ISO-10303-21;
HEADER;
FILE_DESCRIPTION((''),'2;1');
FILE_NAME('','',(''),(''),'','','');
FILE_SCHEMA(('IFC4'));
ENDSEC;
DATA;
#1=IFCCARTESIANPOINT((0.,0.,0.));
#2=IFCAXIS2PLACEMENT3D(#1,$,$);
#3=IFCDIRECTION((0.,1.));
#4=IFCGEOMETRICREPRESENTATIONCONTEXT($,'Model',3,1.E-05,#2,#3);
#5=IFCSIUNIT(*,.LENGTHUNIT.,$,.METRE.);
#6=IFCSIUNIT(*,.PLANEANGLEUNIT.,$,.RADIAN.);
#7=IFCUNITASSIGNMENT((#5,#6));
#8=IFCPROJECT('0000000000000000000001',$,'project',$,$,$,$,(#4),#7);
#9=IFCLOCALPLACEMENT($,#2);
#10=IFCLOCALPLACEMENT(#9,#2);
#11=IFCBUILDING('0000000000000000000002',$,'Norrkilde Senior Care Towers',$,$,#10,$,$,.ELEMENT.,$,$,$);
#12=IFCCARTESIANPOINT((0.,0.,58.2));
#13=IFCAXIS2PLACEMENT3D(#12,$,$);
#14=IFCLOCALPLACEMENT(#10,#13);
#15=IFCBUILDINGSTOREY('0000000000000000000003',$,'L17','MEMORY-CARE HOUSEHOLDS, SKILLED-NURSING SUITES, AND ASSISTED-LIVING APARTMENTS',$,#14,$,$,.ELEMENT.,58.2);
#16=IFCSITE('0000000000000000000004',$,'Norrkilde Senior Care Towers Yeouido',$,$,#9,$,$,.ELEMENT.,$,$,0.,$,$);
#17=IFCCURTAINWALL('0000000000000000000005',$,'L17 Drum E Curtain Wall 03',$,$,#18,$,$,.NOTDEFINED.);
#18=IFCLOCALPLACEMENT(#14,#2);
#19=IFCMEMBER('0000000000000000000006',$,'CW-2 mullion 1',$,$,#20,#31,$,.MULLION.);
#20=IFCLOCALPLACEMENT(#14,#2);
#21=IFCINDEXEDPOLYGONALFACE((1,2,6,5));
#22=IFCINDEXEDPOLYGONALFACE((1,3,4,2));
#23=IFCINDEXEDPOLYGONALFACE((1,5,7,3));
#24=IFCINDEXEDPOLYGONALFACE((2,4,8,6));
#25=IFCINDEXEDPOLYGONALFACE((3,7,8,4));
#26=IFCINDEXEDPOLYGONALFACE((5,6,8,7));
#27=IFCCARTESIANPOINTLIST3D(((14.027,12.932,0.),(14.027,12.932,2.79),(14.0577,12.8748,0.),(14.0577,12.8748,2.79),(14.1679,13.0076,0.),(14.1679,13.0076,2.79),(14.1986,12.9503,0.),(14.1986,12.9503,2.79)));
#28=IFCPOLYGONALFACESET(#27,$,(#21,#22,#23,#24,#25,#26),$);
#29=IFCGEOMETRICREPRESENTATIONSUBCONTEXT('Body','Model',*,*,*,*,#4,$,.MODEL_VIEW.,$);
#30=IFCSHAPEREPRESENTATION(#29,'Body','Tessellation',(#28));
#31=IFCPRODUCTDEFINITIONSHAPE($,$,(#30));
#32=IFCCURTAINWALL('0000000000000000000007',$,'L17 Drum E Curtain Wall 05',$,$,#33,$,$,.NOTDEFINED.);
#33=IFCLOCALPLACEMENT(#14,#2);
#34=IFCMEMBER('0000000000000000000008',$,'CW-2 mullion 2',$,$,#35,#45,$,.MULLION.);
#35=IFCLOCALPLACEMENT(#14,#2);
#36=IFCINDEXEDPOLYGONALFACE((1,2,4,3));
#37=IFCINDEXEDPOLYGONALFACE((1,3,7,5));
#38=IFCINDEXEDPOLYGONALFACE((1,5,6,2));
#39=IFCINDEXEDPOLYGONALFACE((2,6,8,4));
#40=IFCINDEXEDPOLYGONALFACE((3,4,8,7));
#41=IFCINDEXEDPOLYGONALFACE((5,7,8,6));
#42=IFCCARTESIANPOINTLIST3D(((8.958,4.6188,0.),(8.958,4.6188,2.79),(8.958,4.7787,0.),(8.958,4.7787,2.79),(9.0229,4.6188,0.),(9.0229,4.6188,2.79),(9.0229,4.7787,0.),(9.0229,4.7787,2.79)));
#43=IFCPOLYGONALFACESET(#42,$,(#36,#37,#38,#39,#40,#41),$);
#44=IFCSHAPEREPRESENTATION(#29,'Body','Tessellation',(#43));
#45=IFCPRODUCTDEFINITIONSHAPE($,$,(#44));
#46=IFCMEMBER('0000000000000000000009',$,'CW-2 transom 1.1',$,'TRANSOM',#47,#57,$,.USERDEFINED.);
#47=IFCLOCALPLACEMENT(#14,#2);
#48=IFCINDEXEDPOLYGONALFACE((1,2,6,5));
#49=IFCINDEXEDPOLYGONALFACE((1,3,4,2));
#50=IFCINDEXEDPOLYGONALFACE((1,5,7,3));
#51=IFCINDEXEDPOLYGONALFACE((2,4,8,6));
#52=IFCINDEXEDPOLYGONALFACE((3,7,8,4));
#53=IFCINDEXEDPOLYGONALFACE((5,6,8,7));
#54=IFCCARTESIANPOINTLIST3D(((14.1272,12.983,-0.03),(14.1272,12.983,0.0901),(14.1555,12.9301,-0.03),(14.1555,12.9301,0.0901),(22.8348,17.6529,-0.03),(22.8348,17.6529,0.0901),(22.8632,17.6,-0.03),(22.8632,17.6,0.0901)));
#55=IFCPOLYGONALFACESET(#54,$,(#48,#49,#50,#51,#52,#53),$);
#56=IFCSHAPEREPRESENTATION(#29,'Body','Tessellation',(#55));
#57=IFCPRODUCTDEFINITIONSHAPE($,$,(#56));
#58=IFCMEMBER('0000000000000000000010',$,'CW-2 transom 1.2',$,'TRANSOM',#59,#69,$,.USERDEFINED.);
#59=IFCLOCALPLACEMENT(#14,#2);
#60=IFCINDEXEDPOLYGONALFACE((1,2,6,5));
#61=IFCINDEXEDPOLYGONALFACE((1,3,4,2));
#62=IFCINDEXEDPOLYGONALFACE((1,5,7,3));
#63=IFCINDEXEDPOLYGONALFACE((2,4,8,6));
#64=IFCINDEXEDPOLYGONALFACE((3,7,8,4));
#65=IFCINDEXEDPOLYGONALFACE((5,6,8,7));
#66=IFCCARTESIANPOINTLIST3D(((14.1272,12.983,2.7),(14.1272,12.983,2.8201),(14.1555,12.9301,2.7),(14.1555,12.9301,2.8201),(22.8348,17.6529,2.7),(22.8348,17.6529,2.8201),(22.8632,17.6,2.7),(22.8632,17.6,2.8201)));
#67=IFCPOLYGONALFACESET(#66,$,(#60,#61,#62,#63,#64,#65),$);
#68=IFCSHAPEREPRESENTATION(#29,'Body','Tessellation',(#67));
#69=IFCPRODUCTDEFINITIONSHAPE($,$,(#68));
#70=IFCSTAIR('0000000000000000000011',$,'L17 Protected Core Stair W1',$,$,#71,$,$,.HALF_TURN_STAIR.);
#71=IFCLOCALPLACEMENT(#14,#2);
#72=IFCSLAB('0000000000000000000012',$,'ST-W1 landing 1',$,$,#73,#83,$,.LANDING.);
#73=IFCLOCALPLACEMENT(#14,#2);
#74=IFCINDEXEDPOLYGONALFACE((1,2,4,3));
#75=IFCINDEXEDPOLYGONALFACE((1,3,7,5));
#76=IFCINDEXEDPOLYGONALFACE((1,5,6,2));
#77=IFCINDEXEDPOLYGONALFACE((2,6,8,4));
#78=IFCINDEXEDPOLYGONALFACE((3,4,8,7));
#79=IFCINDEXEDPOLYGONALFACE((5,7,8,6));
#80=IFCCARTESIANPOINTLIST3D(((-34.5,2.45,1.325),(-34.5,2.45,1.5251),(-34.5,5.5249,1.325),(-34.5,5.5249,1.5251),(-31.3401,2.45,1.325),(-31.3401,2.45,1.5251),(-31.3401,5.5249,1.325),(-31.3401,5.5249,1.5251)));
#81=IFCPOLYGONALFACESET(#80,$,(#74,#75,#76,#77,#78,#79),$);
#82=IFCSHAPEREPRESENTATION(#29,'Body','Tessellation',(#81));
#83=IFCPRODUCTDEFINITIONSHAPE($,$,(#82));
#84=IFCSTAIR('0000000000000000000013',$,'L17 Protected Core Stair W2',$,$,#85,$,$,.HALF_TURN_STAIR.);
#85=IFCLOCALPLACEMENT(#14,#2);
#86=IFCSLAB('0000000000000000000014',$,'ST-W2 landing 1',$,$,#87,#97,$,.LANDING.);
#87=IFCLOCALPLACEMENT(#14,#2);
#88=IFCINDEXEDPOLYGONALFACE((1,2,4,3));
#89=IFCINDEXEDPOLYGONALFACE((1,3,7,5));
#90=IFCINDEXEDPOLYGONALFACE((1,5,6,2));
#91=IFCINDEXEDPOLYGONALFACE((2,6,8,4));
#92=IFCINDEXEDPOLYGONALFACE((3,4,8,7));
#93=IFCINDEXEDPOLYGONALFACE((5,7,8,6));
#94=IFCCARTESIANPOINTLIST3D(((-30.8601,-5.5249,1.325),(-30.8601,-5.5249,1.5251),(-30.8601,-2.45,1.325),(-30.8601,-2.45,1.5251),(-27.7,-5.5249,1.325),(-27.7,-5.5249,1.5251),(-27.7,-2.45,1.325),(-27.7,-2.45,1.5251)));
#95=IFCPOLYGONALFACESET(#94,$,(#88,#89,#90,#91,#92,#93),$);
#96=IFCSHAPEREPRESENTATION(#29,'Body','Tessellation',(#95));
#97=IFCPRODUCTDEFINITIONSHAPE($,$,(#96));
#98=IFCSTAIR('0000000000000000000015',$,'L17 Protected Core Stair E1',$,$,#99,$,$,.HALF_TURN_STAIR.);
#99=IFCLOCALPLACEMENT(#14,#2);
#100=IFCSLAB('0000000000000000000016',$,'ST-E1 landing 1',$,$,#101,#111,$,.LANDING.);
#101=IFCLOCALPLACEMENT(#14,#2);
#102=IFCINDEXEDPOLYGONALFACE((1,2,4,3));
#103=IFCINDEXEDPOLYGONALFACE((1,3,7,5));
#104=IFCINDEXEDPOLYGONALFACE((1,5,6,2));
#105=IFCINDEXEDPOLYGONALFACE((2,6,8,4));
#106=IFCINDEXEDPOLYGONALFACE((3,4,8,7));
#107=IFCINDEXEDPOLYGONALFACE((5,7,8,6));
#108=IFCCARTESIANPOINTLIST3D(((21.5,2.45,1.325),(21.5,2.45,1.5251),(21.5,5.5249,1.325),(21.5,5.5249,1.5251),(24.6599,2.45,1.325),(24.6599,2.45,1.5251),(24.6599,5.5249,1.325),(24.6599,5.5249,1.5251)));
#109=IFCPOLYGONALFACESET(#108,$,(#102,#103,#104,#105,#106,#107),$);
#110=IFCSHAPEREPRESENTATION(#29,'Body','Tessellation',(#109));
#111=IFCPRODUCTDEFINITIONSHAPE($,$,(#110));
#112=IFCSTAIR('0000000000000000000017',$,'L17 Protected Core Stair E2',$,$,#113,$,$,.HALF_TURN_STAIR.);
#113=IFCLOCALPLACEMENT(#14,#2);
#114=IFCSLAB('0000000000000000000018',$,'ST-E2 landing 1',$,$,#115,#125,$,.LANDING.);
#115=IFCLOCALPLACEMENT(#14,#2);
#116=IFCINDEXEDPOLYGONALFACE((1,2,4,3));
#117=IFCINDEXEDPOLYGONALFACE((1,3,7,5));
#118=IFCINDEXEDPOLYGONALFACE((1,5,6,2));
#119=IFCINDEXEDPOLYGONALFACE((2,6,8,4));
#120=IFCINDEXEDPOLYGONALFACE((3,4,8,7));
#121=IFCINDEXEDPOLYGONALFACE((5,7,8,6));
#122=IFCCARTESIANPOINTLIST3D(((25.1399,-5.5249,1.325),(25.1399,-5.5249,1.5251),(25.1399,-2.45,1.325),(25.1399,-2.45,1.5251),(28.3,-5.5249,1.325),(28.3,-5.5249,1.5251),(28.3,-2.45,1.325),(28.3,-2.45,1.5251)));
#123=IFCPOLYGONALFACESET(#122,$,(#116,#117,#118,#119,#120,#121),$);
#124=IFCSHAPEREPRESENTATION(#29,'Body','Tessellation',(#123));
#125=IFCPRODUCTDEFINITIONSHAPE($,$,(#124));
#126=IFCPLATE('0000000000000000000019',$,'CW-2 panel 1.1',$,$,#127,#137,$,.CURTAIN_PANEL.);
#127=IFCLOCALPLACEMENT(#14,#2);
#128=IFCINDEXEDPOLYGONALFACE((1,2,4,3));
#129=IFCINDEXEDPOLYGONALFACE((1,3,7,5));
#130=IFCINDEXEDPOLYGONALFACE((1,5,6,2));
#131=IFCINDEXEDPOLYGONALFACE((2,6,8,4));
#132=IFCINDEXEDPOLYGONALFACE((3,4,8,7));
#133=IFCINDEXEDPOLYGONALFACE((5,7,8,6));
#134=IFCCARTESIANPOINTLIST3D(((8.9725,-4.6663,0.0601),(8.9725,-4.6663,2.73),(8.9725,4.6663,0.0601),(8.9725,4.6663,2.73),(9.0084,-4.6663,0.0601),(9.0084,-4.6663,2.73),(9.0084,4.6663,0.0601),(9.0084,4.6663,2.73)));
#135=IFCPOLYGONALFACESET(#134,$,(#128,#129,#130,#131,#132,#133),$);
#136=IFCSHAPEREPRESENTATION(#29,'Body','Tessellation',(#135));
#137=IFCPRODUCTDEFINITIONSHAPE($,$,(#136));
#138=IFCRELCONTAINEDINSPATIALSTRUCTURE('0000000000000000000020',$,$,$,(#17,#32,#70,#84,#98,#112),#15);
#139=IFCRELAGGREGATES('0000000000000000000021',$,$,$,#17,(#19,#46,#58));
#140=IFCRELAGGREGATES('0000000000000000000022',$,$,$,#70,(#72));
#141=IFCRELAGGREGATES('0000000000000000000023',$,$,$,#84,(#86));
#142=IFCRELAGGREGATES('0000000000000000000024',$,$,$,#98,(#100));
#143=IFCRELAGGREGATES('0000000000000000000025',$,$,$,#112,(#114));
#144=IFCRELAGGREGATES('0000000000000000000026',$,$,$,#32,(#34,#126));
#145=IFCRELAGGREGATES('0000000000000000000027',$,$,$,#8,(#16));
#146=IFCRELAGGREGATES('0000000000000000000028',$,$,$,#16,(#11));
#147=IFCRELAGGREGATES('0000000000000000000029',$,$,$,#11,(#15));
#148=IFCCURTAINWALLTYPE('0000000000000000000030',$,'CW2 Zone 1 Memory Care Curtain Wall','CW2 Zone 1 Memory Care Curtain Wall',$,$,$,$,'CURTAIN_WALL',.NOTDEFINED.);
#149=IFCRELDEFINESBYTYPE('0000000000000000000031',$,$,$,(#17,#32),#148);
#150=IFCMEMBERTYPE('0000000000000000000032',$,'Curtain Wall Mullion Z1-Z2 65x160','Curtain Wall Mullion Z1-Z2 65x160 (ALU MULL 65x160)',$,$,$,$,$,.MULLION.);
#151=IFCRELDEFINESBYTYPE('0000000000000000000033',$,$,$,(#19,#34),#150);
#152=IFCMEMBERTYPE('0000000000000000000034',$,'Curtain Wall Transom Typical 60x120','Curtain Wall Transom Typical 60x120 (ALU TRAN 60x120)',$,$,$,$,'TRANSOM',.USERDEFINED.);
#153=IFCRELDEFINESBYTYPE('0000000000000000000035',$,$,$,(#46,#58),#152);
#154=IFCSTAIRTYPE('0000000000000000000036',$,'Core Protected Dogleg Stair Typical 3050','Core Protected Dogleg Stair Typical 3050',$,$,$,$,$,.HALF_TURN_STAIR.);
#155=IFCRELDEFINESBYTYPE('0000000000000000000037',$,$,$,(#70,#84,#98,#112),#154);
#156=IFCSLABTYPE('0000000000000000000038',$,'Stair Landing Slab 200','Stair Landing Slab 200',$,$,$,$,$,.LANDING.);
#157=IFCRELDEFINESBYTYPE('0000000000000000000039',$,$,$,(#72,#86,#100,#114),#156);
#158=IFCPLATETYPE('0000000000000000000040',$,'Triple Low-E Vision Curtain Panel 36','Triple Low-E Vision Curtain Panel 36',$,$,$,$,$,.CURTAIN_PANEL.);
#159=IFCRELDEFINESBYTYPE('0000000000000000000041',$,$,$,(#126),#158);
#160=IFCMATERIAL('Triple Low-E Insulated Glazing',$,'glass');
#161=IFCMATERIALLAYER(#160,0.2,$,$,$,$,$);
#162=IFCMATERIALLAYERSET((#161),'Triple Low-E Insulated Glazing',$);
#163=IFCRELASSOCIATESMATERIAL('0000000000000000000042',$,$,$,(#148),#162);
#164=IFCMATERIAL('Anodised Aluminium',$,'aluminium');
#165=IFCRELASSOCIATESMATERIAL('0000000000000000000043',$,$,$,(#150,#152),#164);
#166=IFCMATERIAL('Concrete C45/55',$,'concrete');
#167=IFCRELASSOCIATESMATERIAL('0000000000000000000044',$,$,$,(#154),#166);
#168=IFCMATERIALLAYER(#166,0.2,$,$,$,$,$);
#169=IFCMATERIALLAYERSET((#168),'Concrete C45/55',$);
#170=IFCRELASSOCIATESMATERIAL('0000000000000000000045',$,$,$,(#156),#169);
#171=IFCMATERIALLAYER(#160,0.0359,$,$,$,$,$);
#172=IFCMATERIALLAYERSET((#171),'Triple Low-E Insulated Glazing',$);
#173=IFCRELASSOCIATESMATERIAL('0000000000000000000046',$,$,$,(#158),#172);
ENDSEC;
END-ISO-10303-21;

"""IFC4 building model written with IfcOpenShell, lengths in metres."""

from ifc_helpers import new_model, si_unit, direction, frame, origin, origin_2d, place, context, subcontext, project, spatial, polyline, rectangle, outline, extrude, source, transform, mapped, material, layer, layer_set, material_profile, profile_set, type_object, type_shapes, element, aggregate, save


model = new_model("IFC4")

# Units and contexts
model_context = context("Model", 3, precision=1e-05, world=origin(), true_north=direction((0.0, 1.0)))
body_context = subcontext(model_context, "Body", "Model", "MODEL_VIEW")
ifc_project = project(units=[si_unit("LENGTHUNIT", "METRE"), si_unit("PLANEANGLEUNIT", "RADIAN")], contexts=[model_context])

# Site, building, storey
site_placement = place(None, origin())
site = spatial("IfcSite", under=ifc_project, at=site_placement, Name="Norrkilde Senior Care Towers Yeouido", CompositionType="ELEMENT", RefElevation=0.0)
building_placement = place(site_placement, origin())
building = spatial("IfcBuilding", under=site, at=building_placement, Name="Norrkilde Senior Care Towers", CompositionType="ELEMENT")
storey_placement = place(building_placement, frame((0.0, 0.0, 58.2)))
storey = spatial("IfcBuildingStorey", under=building, at=storey_placement, Name="L17", Description="MEMORY-CARE HOUSEHOLDS, SKILLED-NURSING SUITES, AND ASSISTED-LIVING APARTMENTS", CompositionType="ELEMENT", Elevation=58.2)

# Curtain walls, members
ifc_material_1 = material(Name="Triple Low-E Insulated Glazing", Category="glass")
ifc_layer_1 = layer(ifc_material_1, 0.2)
ifc_layer_set_1 = layer_set([ifc_layer_1], Name="Triple Low-E Insulated Glazing")
curtain_wall_type = type_object("IfcCurtainWallType", Name="CW2 Zone 1 Memory Care Curtain Wall", Description="CW2 Zone 1 Memory Care Curtain Wall", ElementType="CURTAIN_WALL", PredefinedType="NOTDEFINED", material=ifc_layer_set_1)
curtain_wall_1_placement = place(storey_placement, origin())
curtain_wall_1 = element("IfcCurtainWall", 1, at=curtain_wall_1_placement, inside=storey, type_object=curtain_wall_type, Name="L17 Drum E Curtain Wall 03", PredefinedType="NOTDEFINED")
ifc_material_2 = material(Name="Anodised Aluminium", Category="aluminium")
ifc_material_profile_1 = material_profile(ifc_material_2, rectangle(XDim=0.0649, YDim=0.1599, at=origin_2d()), Name="ALU MULL 65x160")
ifc_profile_set_1 = profile_set([ifc_material_profile_1], Name="Anodised Aluminium")
member_type_1 = type_object("IfcMemberType", Name="Curtain Wall Mullion Z1-Z2 65x160", Description="Curtain Wall Mullion Z1-Z2 65x160 (ALU MULL 65x160)", PredefinedType="MULLION", material=ifc_profile_set_1)
shared_shape_1 = source(origin(), body_context, "Body", "SweptSolid", [
    extrude(rectangle(XDim=0.0649, YDim=0.1599, at=origin_2d()), origin(), (0.0, 0.0, 1.0), 2.79),
])
type_shapes(member_type_1, [shared_shape_1])
member_1_placement = place(storey_placement, frame((14.1128, 12.9412, 0.0), z_axis=(0.0, 0.0, 1.0), x_axis=(-0.472608, 0.881273, 0.0)))
member_1 = element("IfcMember", 2, at=member_1_placement, type_object=member_type_1, Name="CW-2 mullion 1", PredefinedType="MULLION", context=body_context, shape_type="MappedRepresentation", body=[
    mapped(shared_shape_1, transform((0.0, 0.0, 0.0), x_axis=(1.0, 0.0, 0.0), y_axis=(0.0, 1.0, 0.0), z_axis=(0.0, 0.0, 1.0), scale=1.0)),
])
curtain_wall_2_placement = place(storey_placement, origin())
curtain_wall_2 = element("IfcCurtainWall", 3, at=curtain_wall_2_placement, inside=storey, type_object=curtain_wall_type, Name="L17 Drum E Curtain Wall 05", PredefinedType="NOTDEFINED")
member_2_placement = place(storey_placement, frame((8.9905, 4.6987, 0.0), z_axis=(0.0, 0.0, 1.0), x_axis=(-1.0, 0.0, 0.0)))
member_2 = element("IfcMember", 4, at=member_2_placement, type_object=member_type_1, Name="CW-2 mullion 2", PredefinedType="MULLION", context=body_context, shape_type="MappedRepresentation", body=[
    mapped(shared_shape_1, transform((0.0, 0.0, 0.0), x_axis=(1.0, 0.0, 0.0), y_axis=(0.0, 1.0, 0.0), z_axis=(0.0, 0.0, 1.0), scale=1.0)),
])

# Members
ifc_material_profile_2 = material_profile(ifc_material_2, rectangle(XDim=0.0601, YDim=0.1201, at=origin_2d()), Name="ALU TRAN 60x120")
ifc_profile_set_2 = profile_set([ifc_material_profile_2], Name="Anodised Aluminium")
member_type_2 = type_object("IfcMemberType", Name="Curtain Wall Transom Typical 60x120", Description="Curtain Wall Transom Typical 60x120 (ALU TRAN 60x120)", ElementType="TRANSOM", PredefinedType="USERDEFINED", material=ifc_profile_set_2)
shared_shape_2 = source(origin(), body_context, "Body", "SweptSolid", [
    extrude(rectangle(XDim=0.0601, YDim=0.1201, at=origin_2d()), origin(), (0.0, 0.0, 1.0), 9.8809),
])
type_shapes(member_type_2, [shared_shape_2])
member_3_placement = place(storey_placement, frame((14.1414, 12.9565, 0.03), z_axis=(0.881267, 0.472618, 0.0), x_axis=(-0.472618, 0.881267, 0.0)))
member_3 = element("IfcMember", 5, at=member_3_placement, type_object=member_type_2, Name="CW-2 transom 1.1", ObjectType="TRANSOM", PredefinedType="USERDEFINED", context=body_context, shape_type="MappedRepresentation", body=[
    mapped(shared_shape_2, transform((0.0, 0.0, 0.0), x_axis=(1.0, 0.0, 0.0), y_axis=(0.0, 1.0, 0.0), z_axis=(0.0, 0.0, 1.0), scale=1.0)),
])
member_4_placement = place(storey_placement, frame((14.1414, 12.9565, 2.76), z_axis=(0.881267, 0.472618, 0.0), x_axis=(-0.472618, 0.881267, 0.0)))
member_4 = element("IfcMember", 6, at=member_4_placement, type_object=member_type_2, Name="CW-2 transom 1.2", ObjectType="TRANSOM", PredefinedType="USERDEFINED", context=body_context, shape_type="MappedRepresentation", body=[
    mapped(shared_shape_2, transform((0.0, 0.0, 0.0), x_axis=(1.0, 0.0, 0.0), y_axis=(0.0, 1.0, 0.0), z_axis=(0.0, 0.0, 1.0), scale=1.0)),
])
aggregate(curtain_wall_1, [member_1, member_3, member_4])

# Stairs, slabs
ifc_material_3 = material(Name="Concrete C45/55", Category="concrete")
stair_type = type_object("IfcStairType", Name="Core Protected Dogleg Stair Typical 3050", Description="Core Protected Dogleg Stair Typical 3050", PredefinedType="HALF_TURN_STAIR", material=ifc_material_3)
stair_1_placement = place(storey_placement, origin())
stair_1 = element("IfcStair", 7, at=stair_1_placement, inside=storey, type_object=stair_type, Name="L17 Protected Core Stair W1", PredefinedType="HALF_TURN_STAIR")
ifc_layer_2 = layer(ifc_material_3, 0.2)
ifc_layer_set_2 = layer_set([ifc_layer_2], Name="Concrete C45/55")
slab_type = type_object("IfcSlabType", Name="Stair Landing Slab 200", Description="Stair Landing Slab 200", PredefinedType="LANDING", material=ifc_layer_set_2)
slab_1_placement = place(storey_placement, frame((0.0, 0.0, 1.325)))
slab_1 = element("IfcSlab", 8, at=slab_1_placement, type_object=slab_type, Name="ST-W1 landing 1", PredefinedType="LANDING", context=body_context, shape_type="SweptSolid", body=[
    extrude(outline(polyline([(-31.3401, 5.5249), (-34.5, 5.5249), (-34.5, 2.45), (-31.3401, 2.45), (-31.3401, 5.5249)])), origin(), (0.0, 0.0, 1.0), 0.2002),
])
aggregate(stair_1, [slab_1])
stair_2_placement = place(storey_placement, origin())
stair_2 = element("IfcStair", 9, at=stair_2_placement, inside=storey, type_object=stair_type, Name="L17 Protected Core Stair W2", PredefinedType="HALF_TURN_STAIR")
slab_2_placement = place(storey_placement, frame((0.0, 0.0, 1.325)))
slab_2 = element("IfcSlab", 10, at=slab_2_placement, type_object=slab_type, Name="ST-W2 landing 1", PredefinedType="LANDING", context=body_context, shape_type="SweptSolid", body=[
    extrude(outline(polyline([(-30.8601, -5.5249), (-27.7, -5.5249), (-27.7, -2.45), (-30.8601, -2.45), (-30.8601, -5.5249)])), origin(), (0.0, 0.0, 1.0), 0.2002),
])
aggregate(stair_2, [slab_2])
stair_3_placement = place(storey_placement, origin())
stair_3 = element("IfcStair", 11, at=stair_3_placement, inside=storey, type_object=stair_type, Name="L17 Protected Core Stair E1", PredefinedType="HALF_TURN_STAIR")
slab_3_placement = place(storey_placement, frame((0.0, 0.0, 1.325)))
slab_3 = element("IfcSlab", 12, at=slab_3_placement, type_object=slab_type, Name="ST-E1 landing 1", PredefinedType="LANDING", context=body_context, shape_type="SweptSolid", body=[
    extrude(outline(polyline([(24.6599, 5.5249), (21.5, 5.5249), (21.5, 2.45), (24.6599, 2.45), (24.6599, 5.5249)])), origin(), (0.0, 0.0, 1.0), 0.2002),
])
aggregate(stair_3, [slab_3])
stair_4_placement = place(storey_placement, origin())
stair_4 = element("IfcStair", 13, at=stair_4_placement, inside=storey, type_object=stair_type, Name="L17 Protected Core Stair E2", PredefinedType="HALF_TURN_STAIR")
slab_4_placement = place(storey_placement, frame((0.0, 0.0, 1.325)))
slab_4 = element("IfcSlab", 14, at=slab_4_placement, type_object=slab_type, Name="ST-E2 landing 1", PredefinedType="LANDING", context=body_context, shape_type="SweptSolid", body=[
    extrude(outline(polyline([(25.1399, -5.5249), (28.3, -5.5249), (28.3, -2.45), (25.1399, -2.45), (25.1399, -5.5249)])), origin(), (0.0, 0.0, 1.0), 0.2002),
])
aggregate(stair_4, [slab_4])

# Plate
ifc_layer_3 = layer(ifc_material_1, 0.0359)
ifc_layer_set_3 = layer_set([ifc_layer_3], Name="Triple Low-E Insulated Glazing")
plate_type = type_object("IfcPlateType", Name="Triple Low-E Vision Curtain Panel 36", Description="Triple Low-E Vision Curtain Panel 36", PredefinedType="CURTAIN_PANEL", material=ifc_layer_set_3)
shared_shape_3 = source(origin(), body_context, "Body", "SweptSolid", [
    extrude(rectangle(XDim=9.3325, YDim=0.0359, at=origin_2d()), origin(), (0.0, 0.0, 1.0), 2.6699),
])
type_shapes(plate_type, [shared_shape_3])
plate_placement = place(storey_placement, frame((8.9905, 0.0, 0.0601), z_axis=(0.0, 0.0, 1.0), x_axis=(0.0, 1.0, 0.0)))
plate = element("IfcPlate", 15, at=plate_placement, type_object=plate_type, Name="CW-2 panel 1.1", PredefinedType="CURTAIN_PANEL", context=body_context, shape_type="MappedRepresentation", body=[
    mapped(shared_shape_3, transform((0.0, 0.0, 0.0), x_axis=(1.0, 0.0, 0.0), y_axis=(0.0, 1.0, 0.0), z_axis=(0.0, 0.0, 1.0), scale=1.0)),
])
aggregate(curtain_wall_2, [member_2, plate])

save(model, "model.ifc")
